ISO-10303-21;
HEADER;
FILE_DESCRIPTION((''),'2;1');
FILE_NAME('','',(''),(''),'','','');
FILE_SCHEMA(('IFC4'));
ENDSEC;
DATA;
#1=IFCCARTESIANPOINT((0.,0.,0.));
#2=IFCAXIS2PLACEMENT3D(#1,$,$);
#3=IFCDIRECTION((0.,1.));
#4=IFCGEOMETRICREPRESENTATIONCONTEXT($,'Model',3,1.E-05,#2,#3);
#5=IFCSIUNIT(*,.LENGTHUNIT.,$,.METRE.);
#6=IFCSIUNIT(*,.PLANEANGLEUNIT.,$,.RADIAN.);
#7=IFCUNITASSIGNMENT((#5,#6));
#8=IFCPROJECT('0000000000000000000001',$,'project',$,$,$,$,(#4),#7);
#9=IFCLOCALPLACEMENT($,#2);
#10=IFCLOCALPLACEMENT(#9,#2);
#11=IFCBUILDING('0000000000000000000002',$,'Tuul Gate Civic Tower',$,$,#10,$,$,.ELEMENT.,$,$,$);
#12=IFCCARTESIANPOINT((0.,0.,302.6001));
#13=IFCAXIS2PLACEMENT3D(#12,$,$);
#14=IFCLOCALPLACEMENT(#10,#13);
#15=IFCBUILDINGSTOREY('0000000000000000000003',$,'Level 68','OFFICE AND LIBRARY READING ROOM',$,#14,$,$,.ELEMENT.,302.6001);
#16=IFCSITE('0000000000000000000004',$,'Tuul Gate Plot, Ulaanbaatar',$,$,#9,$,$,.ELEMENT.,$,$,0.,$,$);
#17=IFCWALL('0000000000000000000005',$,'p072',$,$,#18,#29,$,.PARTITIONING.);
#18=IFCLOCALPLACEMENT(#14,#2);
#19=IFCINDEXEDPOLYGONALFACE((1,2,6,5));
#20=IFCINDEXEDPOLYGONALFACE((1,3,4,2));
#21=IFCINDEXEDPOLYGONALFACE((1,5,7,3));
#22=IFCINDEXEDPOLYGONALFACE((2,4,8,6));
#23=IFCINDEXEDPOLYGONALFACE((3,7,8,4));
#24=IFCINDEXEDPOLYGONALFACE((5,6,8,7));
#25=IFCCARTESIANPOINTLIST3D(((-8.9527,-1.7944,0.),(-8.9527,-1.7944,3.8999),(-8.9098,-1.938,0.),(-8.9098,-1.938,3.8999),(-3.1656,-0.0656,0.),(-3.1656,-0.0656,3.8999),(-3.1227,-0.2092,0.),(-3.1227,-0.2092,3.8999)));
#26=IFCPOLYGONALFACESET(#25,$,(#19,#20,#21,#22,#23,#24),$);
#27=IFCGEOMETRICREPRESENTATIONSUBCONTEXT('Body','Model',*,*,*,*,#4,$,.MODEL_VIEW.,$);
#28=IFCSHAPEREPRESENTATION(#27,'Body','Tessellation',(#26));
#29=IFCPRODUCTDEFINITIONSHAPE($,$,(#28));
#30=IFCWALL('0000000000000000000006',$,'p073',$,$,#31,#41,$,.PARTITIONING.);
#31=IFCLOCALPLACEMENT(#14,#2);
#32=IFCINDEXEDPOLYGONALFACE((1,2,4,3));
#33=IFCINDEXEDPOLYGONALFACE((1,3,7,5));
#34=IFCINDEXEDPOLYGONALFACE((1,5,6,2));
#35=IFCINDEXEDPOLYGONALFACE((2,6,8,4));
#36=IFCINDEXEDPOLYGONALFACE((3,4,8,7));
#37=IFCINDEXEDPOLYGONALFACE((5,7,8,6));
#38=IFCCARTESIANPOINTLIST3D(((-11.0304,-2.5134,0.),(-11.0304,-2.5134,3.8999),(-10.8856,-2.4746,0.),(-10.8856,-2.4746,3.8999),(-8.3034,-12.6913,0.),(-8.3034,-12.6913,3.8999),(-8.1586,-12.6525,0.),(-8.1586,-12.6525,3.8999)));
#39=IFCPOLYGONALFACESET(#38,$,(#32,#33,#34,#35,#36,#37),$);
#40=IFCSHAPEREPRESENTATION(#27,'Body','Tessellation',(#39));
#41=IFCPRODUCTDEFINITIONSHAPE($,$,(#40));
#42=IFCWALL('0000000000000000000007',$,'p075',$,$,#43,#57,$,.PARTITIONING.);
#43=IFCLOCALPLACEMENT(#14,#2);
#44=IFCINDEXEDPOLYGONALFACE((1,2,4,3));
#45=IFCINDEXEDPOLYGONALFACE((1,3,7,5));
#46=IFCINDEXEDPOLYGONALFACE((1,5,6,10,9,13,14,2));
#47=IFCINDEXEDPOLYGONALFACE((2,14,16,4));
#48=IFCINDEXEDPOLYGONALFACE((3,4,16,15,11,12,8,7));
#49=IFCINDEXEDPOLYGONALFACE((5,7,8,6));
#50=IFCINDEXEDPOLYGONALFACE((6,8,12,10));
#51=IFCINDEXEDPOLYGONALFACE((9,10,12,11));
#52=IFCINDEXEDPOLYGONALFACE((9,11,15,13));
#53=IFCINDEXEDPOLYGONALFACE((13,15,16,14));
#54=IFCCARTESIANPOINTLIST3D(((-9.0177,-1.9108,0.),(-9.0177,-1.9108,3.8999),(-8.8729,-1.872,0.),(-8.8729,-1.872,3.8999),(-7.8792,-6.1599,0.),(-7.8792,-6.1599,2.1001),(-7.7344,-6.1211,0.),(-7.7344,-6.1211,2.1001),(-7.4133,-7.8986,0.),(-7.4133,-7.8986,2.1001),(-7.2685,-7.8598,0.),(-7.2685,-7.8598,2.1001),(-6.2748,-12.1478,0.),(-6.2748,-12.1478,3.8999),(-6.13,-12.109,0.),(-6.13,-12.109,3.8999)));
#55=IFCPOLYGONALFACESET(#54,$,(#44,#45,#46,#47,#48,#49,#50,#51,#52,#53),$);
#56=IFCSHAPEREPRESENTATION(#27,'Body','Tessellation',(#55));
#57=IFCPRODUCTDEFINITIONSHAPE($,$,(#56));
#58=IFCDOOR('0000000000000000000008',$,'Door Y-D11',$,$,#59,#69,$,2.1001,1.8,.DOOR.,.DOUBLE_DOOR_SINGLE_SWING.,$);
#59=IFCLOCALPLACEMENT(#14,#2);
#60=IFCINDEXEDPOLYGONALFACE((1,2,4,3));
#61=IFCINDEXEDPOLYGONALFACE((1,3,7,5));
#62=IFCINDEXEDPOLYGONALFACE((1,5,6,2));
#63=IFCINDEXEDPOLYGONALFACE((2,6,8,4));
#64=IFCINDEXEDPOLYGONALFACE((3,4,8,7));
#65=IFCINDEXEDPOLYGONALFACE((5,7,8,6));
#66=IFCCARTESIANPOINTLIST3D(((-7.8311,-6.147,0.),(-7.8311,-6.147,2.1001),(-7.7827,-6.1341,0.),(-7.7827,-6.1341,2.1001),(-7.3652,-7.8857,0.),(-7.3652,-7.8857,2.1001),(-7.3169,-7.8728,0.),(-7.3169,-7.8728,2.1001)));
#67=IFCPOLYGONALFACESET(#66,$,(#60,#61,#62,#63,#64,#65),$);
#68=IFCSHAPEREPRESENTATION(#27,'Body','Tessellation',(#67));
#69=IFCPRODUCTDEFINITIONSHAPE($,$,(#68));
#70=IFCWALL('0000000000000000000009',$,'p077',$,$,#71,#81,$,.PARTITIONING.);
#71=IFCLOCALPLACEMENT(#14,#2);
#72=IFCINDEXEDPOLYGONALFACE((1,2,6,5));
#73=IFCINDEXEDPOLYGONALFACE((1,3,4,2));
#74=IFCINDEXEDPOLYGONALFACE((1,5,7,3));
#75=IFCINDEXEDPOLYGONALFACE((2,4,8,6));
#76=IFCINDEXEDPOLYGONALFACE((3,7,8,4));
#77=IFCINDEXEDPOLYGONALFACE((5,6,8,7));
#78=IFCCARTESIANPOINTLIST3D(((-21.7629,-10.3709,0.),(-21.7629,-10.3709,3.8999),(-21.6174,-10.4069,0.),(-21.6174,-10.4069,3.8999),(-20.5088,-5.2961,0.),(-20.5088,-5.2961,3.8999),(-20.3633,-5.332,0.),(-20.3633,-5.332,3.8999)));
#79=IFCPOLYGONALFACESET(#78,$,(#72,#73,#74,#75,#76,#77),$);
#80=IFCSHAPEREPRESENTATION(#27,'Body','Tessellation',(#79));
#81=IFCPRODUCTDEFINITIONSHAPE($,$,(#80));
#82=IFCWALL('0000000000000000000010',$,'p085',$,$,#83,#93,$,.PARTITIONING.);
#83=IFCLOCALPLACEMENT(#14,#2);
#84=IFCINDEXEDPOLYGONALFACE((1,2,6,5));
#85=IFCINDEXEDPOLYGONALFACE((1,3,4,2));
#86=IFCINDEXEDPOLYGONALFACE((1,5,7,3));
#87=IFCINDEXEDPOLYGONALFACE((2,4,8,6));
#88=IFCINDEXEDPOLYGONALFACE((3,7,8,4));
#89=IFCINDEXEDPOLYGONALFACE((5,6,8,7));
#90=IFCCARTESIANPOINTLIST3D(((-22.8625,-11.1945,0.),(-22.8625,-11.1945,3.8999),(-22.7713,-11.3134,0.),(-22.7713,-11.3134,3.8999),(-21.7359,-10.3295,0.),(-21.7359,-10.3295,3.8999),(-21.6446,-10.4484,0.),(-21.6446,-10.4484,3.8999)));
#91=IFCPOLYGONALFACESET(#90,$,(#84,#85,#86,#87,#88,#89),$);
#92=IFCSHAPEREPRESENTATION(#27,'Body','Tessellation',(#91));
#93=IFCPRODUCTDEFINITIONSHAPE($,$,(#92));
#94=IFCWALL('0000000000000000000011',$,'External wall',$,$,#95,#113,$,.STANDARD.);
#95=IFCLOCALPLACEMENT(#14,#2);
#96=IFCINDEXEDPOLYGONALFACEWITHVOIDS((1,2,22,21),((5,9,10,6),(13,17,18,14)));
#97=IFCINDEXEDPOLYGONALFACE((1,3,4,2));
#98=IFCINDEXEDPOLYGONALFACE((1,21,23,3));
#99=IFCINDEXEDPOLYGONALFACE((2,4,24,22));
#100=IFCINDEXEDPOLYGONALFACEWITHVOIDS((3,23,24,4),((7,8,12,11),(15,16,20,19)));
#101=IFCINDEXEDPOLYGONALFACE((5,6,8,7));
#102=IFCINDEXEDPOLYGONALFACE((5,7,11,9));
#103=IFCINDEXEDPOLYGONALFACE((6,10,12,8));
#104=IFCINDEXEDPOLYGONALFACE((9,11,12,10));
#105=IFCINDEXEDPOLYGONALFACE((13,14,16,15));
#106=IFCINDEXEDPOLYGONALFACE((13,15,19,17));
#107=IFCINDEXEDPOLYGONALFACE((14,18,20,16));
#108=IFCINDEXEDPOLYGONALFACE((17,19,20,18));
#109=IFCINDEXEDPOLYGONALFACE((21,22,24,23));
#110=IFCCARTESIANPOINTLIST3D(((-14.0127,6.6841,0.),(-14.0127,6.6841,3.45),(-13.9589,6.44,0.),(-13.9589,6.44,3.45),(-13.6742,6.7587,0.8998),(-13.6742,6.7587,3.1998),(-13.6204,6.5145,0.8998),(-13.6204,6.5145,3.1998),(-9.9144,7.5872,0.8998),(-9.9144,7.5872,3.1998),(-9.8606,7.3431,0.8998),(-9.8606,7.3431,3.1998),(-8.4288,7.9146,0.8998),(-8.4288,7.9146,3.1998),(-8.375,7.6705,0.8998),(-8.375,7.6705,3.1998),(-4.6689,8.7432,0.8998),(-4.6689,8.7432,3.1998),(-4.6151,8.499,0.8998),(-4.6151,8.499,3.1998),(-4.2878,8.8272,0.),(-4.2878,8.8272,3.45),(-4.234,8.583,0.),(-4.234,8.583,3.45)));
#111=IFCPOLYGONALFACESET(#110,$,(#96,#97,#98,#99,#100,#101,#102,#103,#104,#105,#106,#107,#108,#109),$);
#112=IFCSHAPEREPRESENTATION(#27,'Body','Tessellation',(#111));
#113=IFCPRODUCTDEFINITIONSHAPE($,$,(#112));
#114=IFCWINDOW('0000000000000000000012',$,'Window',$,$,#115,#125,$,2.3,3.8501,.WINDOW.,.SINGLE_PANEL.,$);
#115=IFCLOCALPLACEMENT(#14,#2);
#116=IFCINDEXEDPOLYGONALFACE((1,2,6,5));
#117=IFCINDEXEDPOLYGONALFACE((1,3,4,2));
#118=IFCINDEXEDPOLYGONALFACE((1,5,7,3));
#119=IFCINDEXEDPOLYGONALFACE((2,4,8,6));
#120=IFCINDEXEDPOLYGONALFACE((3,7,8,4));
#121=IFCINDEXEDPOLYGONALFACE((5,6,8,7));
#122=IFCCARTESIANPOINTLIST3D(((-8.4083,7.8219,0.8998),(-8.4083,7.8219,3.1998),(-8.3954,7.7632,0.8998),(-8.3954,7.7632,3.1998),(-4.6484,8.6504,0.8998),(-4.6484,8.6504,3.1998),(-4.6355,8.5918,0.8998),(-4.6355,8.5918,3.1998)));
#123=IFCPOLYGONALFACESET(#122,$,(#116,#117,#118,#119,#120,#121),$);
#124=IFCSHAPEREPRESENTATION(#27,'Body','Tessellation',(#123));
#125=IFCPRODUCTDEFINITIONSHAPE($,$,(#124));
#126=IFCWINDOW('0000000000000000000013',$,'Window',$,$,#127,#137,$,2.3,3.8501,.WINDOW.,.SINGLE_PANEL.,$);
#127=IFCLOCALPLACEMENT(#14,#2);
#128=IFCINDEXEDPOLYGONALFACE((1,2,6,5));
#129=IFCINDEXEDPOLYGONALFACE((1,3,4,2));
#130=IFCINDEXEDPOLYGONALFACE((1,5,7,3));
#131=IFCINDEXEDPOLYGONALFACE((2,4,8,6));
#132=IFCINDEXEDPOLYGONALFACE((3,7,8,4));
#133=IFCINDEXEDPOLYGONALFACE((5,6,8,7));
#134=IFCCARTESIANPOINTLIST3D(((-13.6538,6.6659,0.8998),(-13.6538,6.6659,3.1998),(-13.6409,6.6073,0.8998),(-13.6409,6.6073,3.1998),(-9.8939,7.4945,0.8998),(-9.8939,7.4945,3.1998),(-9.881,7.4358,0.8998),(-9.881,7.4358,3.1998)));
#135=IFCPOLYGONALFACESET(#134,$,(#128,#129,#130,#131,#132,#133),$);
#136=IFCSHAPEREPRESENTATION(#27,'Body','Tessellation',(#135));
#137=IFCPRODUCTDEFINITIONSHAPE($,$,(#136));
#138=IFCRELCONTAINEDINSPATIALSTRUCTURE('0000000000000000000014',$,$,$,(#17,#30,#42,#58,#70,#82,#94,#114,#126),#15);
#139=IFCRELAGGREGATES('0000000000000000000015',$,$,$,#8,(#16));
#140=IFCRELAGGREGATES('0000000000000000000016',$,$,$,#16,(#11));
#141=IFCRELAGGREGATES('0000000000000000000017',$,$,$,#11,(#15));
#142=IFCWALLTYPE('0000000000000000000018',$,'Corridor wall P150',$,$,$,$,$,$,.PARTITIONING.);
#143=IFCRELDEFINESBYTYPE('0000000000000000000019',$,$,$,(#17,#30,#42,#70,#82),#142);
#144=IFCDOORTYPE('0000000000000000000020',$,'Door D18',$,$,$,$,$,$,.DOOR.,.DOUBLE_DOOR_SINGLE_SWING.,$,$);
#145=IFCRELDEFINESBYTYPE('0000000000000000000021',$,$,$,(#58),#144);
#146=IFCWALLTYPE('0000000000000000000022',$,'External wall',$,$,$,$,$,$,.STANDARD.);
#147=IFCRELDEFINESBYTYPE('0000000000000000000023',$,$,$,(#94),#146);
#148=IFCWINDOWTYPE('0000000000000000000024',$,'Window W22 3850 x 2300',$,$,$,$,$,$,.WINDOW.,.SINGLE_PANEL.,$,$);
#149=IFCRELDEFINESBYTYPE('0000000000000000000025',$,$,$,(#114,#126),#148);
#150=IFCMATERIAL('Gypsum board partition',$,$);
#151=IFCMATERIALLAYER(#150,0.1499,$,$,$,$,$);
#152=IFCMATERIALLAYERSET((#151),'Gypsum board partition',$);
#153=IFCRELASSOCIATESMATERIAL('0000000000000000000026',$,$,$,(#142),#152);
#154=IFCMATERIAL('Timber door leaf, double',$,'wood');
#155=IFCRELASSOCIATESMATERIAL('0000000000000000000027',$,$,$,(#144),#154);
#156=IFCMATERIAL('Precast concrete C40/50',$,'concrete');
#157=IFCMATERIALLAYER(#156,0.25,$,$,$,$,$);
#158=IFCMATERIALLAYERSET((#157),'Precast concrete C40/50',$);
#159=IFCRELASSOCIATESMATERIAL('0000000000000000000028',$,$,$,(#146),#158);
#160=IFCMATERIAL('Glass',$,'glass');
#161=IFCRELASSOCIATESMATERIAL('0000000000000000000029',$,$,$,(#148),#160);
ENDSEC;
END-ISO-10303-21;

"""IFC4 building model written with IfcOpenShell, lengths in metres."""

from ifc_helpers import new_model, si_unit, direction, frame, frame_2d, origin, place, context, subcontext, project, spatial, rectangle, extrude, material, layer, layer_set, type_object, element, fill, save


model = new_model("IFC4")

# Units and contexts
model_context = context("Model", 3, precision=1e-05, world=origin(), true_north=direction((0.0, 1.0)))
body_context = subcontext(model_context, "Body", "Model", "MODEL_VIEW")
ifc_project = project(units=[si_unit("LENGTHUNIT", "METRE"), si_unit("PLANEANGLEUNIT", "RADIAN")], contexts=[model_context])

# Site, building, storey
site_placement = place(None, origin())
site = spatial("IfcSite", under=ifc_project, at=site_placement, Name="Tuul Gate Plot, Ulaanbaatar", CompositionType="ELEMENT", RefElevation=0.0)
building_placement = place(site_placement, origin())
building = spatial("IfcBuilding", under=site, at=building_placement, Name="Tuul Gate Civic Tower", CompositionType="ELEMENT")
storey_placement = place(building_placement, frame((0.0, 0.0, 302.6001)))
storey = spatial("IfcBuildingStorey", under=building, at=storey_placement, Name="Level 68", Description="OFFICE AND LIBRARY READING ROOM", CompositionType="ELEMENT", Elevation=302.6001)

# Shared definitions
ifc_material_1 = material(Name="Gypsum board partition")
ifc_layer_1 = layer(ifc_material_1, 0.1499)
ifc_layer_set_1 = layer_set([ifc_layer_1], Name="Gypsum board partition")
wall_type_1 = type_object("IfcWallType", Name="Corridor wall P150", PredefinedType="PARTITIONING", material=ifc_layer_set_1)
ifc_material_2 = material(Name="Timber door leaf, double", Category="wood")
door_type = type_object("IfcDoorType", Name="Door D18", OperationType="DOUBLE_DOOR_SINGLE_SWING", PredefinedType="DOOR", material=ifc_material_2)

# Walls
wall_1_placement = place(storey_placement, frame((-8.9314, -1.8662, 0.0), z_axis=(0.0, 0.0, 1.0), x_axis=(0.958162, 0.286228, 0.0)))
element("IfcWall", 1, at=wall_1_placement, inside=storey, type_object=wall_type_1, Name="p072", PredefinedType="PARTITIONING", context=body_context, shape_type="SweptSolid", body=[
    extrude(rectangle(XDim=6.0398, YDim=0.1499, at=frame_2d((3.02, 0.0))), origin(), (0.0, 0.0, 1.0), 3.8999),
])
wall_2_placement = place(storey_placement, frame((-10.958, -2.4939, 0.0), z_axis=(0.0, 0.0, 1.0), x_axis=(0.258808, -0.965929, 0.0)))
element("IfcWall", 2, at=wall_2_placement, inside=storey, type_object=wall_type_1, Name="p073", PredefinedType="PARTITIONING", context=body_context, shape_type="SweptSolid", body=[
    extrude(rectangle(XDim=10.5369, YDim=0.1499, at=frame_2d((5.2686, 0.0))), origin(), (0.0, 0.0, 1.0), 3.8999),
])

# Wall, opening, door
wall_3_placement = place(storey_placement, frame((-8.9453, -1.8914, 0.0), z_axis=(0.0, 0.0, 1.0), x_axis=(0.258811, -0.965928, 0.0)))
wall_3 = element("IfcWall", 3, at=wall_3_placement, inside=storey, type_object=wall_type_1, Name="p075", PredefinedType="PARTITIONING", context=body_context, shape_type="SweptSolid", body=[
    extrude(rectangle(XDim=10.5981, YDim=0.1499, at=frame_2d((5.2991, 0.0))), origin(), (0.0, 0.0, 1.0), 3.8999),
])
opening_1_placement = place(wall_3_placement, frame((4.3992, 0.0, 0.0)))
opening_1 = element("IfcOpeningElement", 4, at=opening_1_placement, cuts=wall_3, PredefinedType="OPENING", context=body_context, shape_type="SweptSolid", body=[
    extrude(rectangle(XDim=1.8, YDim=2.1001, at=frame_2d((0.8999, 1.05))), frame((0.0, 0.085, 0.0), z_axis=(0.0, -1.0, 0.0), x_axis=(1.0, 0.0, 0.0)), (0.0, 0.0, 1.0), 0.1699),
])
door_1_placement = place(opening_1_placement, origin())
door_1 = element("IfcDoor", 5, at=door_1_placement, inside=storey, type_object=door_type, Name="Door Y-D11", OperationType="DOUBLE_DOOR_SINGLE_SWING", OverallHeight=2.1001, OverallWidth=1.8, PredefinedType="DOOR", context=body_context, shape_type="SweptSolid", body=[
    extrude(rectangle(XDim=1.8, YDim=2.1001, at=frame_2d((0.8999, 1.05))), frame((0.0, 0.0249, 0.0), z_axis=(0.0, -1.0, 0.0), x_axis=(1.0, 0.0, 0.0)), (0.0, 0.0, 1.0), 0.05),
])
fill(opening_1, door_1)

# Walls
wall_4_placement = place(storey_placement, frame((-21.6902, -10.3889, 0.0), z_axis=(0.0, 0.0, 1.0), x_axis=(0.239908, 0.970796, 0.0)))
element("IfcWall", 6, at=wall_4_placement, inside=storey, type_object=wall_type_1, Name="p077", PredefinedType="PARTITIONING", context=body_context, shape_type="SweptSolid", body=[
    extrude(rectangle(XDim=5.2275, YDim=0.1499, at=frame_2d((2.6138, 0.0))), origin(), (0.0, 0.0, 1.0), 3.8999),
])
wall_5_placement = place(storey_placement, frame((-22.8169, -11.2539, 0.0), z_axis=(0.0, 0.0, 1.0), x_axis=(0.793205, 0.608955, 0.0)))
element("IfcWall", 7, at=wall_5_placement, inside=storey, type_object=wall_type_1, Name="p085", PredefinedType="PARTITIONING", context=body_context, shape_type="SweptSolid", body=[
    extrude(rectangle(XDim=1.4204, YDim=0.1499, at=frame_2d((0.7102, 0.0))), origin(), (0.0, 0.0, 1.0), 3.8999),
])

# Wall, openings, windows
ifc_material_3 = material(Name="Precast concrete C40/50", Category="concrete")
ifc_layer_2 = layer(ifc_material_3, 0.25)
ifc_layer_set_2 = layer_set([ifc_layer_2], Name="Precast concrete C40/50")
wall_type_2 = type_object("IfcWallType", Name="External wall", PredefinedType="STANDARD", material=ifc_layer_set_2)
wall_6_placement = place(storey_placement, frame((-4.261, 8.7051, 0.0), z_axis=(0.0, 0.0, 1.0), x_axis=(-0.976569, -0.215206, 0.0)))
wall_6 = element("IfcWall", 8, at=wall_6_placement, inside=storey, type_object=wall_type_2, Name="External wall", PredefinedType="STANDARD", context=body_context, shape_type="SweptSolid", body=[
    extrude(rectangle(XDim=9.9583, YDim=0.25, at=frame_2d((4.979, 0.0))), origin(), (0.0, 0.0, 1.0), 3.45),
])
opening_2_placement = place(wall_6_placement, frame((0.3901, 0.0, 0.8999)))
opening_2 = element("IfcOpeningElement", 9, at=opening_2_placement, cuts=wall_6, PredefinedType="OPENING", context=body_context, shape_type="SweptSolid", body=[
    extrude(rectangle(XDim=3.8501, YDim=2.3, at=frame_2d((1.925, 1.1499))), frame((0.0, 0.135, 0.0), z_axis=(0.0, -1.0, 0.0), x_axis=(1.0, 0.0, 0.0)), (0.0, 0.0, 1.0), 0.27),
])
opening_3_placement = place(wall_6_placement, frame((5.7615, 0.0, 0.8999)))
opening_3 = element("IfcOpeningElement", 10, at=opening_3_placement, cuts=wall_6, PredefinedType="OPENING", context=body_context, shape_type="SweptSolid", body=[
    extrude(rectangle(XDim=3.8501, YDim=2.3, at=frame_2d((1.925, 1.1499))), frame((0.0, 0.135, 0.0), z_axis=(0.0, -1.0, 0.0), x_axis=(1.0, 0.0, 0.0)), (0.0, 0.0, 1.0), 0.27),
])
ifc_material_4 = material(Name="Glass", Category="glass")
window_type = type_object("IfcWindowType", Name="Window W22 3850 x 2300", PartitioningType="SINGLE_PANEL", PredefinedType="WINDOW", material=ifc_material_4)
window_1_placement = place(opening_2_placement, origin())
window_1 = element("IfcWindow", 11, at=window_1_placement, inside=storey, type_object=window_type, Name="Window", OverallHeight=2.3, OverallWidth=3.8501, PartitioningType="SINGLE_PANEL", PredefinedType="WINDOW", context=body_context, shape_type="SweptSolid", body=[
    extrude(rectangle(XDim=3.8501, YDim=2.3, at=frame_2d((1.925, 1.1499))), frame((0.0, 0.03, 0.0), z_axis=(0.0, -1.0, 0.0), x_axis=(1.0, 0.0, 0.0)), (0.0, 0.0, 1.0), 0.0601),
])
fill(opening_2, window_1)
window_2_placement = place(opening_3_placement, origin())
window_2 = element("IfcWindow", 12, at=window_2_placement, inside=storey, type_object=window_type, Name="Window", OverallHeight=2.3, OverallWidth=3.8501, PartitioningType="SINGLE_PANEL", PredefinedType="WINDOW", context=body_context, shape_type="SweptSolid", body=[
    extrude(rectangle(XDim=3.8501, YDim=2.3, at=frame_2d((1.925, 1.1499))), frame((0.0, 0.03, 0.0), z_axis=(0.0, -1.0, 0.0), x_axis=(1.0, 0.0, 0.0)), (0.0, 0.0, 1.0), 0.0601),
])
fill(opening_3, window_2)

save(model, "model.ifc")
